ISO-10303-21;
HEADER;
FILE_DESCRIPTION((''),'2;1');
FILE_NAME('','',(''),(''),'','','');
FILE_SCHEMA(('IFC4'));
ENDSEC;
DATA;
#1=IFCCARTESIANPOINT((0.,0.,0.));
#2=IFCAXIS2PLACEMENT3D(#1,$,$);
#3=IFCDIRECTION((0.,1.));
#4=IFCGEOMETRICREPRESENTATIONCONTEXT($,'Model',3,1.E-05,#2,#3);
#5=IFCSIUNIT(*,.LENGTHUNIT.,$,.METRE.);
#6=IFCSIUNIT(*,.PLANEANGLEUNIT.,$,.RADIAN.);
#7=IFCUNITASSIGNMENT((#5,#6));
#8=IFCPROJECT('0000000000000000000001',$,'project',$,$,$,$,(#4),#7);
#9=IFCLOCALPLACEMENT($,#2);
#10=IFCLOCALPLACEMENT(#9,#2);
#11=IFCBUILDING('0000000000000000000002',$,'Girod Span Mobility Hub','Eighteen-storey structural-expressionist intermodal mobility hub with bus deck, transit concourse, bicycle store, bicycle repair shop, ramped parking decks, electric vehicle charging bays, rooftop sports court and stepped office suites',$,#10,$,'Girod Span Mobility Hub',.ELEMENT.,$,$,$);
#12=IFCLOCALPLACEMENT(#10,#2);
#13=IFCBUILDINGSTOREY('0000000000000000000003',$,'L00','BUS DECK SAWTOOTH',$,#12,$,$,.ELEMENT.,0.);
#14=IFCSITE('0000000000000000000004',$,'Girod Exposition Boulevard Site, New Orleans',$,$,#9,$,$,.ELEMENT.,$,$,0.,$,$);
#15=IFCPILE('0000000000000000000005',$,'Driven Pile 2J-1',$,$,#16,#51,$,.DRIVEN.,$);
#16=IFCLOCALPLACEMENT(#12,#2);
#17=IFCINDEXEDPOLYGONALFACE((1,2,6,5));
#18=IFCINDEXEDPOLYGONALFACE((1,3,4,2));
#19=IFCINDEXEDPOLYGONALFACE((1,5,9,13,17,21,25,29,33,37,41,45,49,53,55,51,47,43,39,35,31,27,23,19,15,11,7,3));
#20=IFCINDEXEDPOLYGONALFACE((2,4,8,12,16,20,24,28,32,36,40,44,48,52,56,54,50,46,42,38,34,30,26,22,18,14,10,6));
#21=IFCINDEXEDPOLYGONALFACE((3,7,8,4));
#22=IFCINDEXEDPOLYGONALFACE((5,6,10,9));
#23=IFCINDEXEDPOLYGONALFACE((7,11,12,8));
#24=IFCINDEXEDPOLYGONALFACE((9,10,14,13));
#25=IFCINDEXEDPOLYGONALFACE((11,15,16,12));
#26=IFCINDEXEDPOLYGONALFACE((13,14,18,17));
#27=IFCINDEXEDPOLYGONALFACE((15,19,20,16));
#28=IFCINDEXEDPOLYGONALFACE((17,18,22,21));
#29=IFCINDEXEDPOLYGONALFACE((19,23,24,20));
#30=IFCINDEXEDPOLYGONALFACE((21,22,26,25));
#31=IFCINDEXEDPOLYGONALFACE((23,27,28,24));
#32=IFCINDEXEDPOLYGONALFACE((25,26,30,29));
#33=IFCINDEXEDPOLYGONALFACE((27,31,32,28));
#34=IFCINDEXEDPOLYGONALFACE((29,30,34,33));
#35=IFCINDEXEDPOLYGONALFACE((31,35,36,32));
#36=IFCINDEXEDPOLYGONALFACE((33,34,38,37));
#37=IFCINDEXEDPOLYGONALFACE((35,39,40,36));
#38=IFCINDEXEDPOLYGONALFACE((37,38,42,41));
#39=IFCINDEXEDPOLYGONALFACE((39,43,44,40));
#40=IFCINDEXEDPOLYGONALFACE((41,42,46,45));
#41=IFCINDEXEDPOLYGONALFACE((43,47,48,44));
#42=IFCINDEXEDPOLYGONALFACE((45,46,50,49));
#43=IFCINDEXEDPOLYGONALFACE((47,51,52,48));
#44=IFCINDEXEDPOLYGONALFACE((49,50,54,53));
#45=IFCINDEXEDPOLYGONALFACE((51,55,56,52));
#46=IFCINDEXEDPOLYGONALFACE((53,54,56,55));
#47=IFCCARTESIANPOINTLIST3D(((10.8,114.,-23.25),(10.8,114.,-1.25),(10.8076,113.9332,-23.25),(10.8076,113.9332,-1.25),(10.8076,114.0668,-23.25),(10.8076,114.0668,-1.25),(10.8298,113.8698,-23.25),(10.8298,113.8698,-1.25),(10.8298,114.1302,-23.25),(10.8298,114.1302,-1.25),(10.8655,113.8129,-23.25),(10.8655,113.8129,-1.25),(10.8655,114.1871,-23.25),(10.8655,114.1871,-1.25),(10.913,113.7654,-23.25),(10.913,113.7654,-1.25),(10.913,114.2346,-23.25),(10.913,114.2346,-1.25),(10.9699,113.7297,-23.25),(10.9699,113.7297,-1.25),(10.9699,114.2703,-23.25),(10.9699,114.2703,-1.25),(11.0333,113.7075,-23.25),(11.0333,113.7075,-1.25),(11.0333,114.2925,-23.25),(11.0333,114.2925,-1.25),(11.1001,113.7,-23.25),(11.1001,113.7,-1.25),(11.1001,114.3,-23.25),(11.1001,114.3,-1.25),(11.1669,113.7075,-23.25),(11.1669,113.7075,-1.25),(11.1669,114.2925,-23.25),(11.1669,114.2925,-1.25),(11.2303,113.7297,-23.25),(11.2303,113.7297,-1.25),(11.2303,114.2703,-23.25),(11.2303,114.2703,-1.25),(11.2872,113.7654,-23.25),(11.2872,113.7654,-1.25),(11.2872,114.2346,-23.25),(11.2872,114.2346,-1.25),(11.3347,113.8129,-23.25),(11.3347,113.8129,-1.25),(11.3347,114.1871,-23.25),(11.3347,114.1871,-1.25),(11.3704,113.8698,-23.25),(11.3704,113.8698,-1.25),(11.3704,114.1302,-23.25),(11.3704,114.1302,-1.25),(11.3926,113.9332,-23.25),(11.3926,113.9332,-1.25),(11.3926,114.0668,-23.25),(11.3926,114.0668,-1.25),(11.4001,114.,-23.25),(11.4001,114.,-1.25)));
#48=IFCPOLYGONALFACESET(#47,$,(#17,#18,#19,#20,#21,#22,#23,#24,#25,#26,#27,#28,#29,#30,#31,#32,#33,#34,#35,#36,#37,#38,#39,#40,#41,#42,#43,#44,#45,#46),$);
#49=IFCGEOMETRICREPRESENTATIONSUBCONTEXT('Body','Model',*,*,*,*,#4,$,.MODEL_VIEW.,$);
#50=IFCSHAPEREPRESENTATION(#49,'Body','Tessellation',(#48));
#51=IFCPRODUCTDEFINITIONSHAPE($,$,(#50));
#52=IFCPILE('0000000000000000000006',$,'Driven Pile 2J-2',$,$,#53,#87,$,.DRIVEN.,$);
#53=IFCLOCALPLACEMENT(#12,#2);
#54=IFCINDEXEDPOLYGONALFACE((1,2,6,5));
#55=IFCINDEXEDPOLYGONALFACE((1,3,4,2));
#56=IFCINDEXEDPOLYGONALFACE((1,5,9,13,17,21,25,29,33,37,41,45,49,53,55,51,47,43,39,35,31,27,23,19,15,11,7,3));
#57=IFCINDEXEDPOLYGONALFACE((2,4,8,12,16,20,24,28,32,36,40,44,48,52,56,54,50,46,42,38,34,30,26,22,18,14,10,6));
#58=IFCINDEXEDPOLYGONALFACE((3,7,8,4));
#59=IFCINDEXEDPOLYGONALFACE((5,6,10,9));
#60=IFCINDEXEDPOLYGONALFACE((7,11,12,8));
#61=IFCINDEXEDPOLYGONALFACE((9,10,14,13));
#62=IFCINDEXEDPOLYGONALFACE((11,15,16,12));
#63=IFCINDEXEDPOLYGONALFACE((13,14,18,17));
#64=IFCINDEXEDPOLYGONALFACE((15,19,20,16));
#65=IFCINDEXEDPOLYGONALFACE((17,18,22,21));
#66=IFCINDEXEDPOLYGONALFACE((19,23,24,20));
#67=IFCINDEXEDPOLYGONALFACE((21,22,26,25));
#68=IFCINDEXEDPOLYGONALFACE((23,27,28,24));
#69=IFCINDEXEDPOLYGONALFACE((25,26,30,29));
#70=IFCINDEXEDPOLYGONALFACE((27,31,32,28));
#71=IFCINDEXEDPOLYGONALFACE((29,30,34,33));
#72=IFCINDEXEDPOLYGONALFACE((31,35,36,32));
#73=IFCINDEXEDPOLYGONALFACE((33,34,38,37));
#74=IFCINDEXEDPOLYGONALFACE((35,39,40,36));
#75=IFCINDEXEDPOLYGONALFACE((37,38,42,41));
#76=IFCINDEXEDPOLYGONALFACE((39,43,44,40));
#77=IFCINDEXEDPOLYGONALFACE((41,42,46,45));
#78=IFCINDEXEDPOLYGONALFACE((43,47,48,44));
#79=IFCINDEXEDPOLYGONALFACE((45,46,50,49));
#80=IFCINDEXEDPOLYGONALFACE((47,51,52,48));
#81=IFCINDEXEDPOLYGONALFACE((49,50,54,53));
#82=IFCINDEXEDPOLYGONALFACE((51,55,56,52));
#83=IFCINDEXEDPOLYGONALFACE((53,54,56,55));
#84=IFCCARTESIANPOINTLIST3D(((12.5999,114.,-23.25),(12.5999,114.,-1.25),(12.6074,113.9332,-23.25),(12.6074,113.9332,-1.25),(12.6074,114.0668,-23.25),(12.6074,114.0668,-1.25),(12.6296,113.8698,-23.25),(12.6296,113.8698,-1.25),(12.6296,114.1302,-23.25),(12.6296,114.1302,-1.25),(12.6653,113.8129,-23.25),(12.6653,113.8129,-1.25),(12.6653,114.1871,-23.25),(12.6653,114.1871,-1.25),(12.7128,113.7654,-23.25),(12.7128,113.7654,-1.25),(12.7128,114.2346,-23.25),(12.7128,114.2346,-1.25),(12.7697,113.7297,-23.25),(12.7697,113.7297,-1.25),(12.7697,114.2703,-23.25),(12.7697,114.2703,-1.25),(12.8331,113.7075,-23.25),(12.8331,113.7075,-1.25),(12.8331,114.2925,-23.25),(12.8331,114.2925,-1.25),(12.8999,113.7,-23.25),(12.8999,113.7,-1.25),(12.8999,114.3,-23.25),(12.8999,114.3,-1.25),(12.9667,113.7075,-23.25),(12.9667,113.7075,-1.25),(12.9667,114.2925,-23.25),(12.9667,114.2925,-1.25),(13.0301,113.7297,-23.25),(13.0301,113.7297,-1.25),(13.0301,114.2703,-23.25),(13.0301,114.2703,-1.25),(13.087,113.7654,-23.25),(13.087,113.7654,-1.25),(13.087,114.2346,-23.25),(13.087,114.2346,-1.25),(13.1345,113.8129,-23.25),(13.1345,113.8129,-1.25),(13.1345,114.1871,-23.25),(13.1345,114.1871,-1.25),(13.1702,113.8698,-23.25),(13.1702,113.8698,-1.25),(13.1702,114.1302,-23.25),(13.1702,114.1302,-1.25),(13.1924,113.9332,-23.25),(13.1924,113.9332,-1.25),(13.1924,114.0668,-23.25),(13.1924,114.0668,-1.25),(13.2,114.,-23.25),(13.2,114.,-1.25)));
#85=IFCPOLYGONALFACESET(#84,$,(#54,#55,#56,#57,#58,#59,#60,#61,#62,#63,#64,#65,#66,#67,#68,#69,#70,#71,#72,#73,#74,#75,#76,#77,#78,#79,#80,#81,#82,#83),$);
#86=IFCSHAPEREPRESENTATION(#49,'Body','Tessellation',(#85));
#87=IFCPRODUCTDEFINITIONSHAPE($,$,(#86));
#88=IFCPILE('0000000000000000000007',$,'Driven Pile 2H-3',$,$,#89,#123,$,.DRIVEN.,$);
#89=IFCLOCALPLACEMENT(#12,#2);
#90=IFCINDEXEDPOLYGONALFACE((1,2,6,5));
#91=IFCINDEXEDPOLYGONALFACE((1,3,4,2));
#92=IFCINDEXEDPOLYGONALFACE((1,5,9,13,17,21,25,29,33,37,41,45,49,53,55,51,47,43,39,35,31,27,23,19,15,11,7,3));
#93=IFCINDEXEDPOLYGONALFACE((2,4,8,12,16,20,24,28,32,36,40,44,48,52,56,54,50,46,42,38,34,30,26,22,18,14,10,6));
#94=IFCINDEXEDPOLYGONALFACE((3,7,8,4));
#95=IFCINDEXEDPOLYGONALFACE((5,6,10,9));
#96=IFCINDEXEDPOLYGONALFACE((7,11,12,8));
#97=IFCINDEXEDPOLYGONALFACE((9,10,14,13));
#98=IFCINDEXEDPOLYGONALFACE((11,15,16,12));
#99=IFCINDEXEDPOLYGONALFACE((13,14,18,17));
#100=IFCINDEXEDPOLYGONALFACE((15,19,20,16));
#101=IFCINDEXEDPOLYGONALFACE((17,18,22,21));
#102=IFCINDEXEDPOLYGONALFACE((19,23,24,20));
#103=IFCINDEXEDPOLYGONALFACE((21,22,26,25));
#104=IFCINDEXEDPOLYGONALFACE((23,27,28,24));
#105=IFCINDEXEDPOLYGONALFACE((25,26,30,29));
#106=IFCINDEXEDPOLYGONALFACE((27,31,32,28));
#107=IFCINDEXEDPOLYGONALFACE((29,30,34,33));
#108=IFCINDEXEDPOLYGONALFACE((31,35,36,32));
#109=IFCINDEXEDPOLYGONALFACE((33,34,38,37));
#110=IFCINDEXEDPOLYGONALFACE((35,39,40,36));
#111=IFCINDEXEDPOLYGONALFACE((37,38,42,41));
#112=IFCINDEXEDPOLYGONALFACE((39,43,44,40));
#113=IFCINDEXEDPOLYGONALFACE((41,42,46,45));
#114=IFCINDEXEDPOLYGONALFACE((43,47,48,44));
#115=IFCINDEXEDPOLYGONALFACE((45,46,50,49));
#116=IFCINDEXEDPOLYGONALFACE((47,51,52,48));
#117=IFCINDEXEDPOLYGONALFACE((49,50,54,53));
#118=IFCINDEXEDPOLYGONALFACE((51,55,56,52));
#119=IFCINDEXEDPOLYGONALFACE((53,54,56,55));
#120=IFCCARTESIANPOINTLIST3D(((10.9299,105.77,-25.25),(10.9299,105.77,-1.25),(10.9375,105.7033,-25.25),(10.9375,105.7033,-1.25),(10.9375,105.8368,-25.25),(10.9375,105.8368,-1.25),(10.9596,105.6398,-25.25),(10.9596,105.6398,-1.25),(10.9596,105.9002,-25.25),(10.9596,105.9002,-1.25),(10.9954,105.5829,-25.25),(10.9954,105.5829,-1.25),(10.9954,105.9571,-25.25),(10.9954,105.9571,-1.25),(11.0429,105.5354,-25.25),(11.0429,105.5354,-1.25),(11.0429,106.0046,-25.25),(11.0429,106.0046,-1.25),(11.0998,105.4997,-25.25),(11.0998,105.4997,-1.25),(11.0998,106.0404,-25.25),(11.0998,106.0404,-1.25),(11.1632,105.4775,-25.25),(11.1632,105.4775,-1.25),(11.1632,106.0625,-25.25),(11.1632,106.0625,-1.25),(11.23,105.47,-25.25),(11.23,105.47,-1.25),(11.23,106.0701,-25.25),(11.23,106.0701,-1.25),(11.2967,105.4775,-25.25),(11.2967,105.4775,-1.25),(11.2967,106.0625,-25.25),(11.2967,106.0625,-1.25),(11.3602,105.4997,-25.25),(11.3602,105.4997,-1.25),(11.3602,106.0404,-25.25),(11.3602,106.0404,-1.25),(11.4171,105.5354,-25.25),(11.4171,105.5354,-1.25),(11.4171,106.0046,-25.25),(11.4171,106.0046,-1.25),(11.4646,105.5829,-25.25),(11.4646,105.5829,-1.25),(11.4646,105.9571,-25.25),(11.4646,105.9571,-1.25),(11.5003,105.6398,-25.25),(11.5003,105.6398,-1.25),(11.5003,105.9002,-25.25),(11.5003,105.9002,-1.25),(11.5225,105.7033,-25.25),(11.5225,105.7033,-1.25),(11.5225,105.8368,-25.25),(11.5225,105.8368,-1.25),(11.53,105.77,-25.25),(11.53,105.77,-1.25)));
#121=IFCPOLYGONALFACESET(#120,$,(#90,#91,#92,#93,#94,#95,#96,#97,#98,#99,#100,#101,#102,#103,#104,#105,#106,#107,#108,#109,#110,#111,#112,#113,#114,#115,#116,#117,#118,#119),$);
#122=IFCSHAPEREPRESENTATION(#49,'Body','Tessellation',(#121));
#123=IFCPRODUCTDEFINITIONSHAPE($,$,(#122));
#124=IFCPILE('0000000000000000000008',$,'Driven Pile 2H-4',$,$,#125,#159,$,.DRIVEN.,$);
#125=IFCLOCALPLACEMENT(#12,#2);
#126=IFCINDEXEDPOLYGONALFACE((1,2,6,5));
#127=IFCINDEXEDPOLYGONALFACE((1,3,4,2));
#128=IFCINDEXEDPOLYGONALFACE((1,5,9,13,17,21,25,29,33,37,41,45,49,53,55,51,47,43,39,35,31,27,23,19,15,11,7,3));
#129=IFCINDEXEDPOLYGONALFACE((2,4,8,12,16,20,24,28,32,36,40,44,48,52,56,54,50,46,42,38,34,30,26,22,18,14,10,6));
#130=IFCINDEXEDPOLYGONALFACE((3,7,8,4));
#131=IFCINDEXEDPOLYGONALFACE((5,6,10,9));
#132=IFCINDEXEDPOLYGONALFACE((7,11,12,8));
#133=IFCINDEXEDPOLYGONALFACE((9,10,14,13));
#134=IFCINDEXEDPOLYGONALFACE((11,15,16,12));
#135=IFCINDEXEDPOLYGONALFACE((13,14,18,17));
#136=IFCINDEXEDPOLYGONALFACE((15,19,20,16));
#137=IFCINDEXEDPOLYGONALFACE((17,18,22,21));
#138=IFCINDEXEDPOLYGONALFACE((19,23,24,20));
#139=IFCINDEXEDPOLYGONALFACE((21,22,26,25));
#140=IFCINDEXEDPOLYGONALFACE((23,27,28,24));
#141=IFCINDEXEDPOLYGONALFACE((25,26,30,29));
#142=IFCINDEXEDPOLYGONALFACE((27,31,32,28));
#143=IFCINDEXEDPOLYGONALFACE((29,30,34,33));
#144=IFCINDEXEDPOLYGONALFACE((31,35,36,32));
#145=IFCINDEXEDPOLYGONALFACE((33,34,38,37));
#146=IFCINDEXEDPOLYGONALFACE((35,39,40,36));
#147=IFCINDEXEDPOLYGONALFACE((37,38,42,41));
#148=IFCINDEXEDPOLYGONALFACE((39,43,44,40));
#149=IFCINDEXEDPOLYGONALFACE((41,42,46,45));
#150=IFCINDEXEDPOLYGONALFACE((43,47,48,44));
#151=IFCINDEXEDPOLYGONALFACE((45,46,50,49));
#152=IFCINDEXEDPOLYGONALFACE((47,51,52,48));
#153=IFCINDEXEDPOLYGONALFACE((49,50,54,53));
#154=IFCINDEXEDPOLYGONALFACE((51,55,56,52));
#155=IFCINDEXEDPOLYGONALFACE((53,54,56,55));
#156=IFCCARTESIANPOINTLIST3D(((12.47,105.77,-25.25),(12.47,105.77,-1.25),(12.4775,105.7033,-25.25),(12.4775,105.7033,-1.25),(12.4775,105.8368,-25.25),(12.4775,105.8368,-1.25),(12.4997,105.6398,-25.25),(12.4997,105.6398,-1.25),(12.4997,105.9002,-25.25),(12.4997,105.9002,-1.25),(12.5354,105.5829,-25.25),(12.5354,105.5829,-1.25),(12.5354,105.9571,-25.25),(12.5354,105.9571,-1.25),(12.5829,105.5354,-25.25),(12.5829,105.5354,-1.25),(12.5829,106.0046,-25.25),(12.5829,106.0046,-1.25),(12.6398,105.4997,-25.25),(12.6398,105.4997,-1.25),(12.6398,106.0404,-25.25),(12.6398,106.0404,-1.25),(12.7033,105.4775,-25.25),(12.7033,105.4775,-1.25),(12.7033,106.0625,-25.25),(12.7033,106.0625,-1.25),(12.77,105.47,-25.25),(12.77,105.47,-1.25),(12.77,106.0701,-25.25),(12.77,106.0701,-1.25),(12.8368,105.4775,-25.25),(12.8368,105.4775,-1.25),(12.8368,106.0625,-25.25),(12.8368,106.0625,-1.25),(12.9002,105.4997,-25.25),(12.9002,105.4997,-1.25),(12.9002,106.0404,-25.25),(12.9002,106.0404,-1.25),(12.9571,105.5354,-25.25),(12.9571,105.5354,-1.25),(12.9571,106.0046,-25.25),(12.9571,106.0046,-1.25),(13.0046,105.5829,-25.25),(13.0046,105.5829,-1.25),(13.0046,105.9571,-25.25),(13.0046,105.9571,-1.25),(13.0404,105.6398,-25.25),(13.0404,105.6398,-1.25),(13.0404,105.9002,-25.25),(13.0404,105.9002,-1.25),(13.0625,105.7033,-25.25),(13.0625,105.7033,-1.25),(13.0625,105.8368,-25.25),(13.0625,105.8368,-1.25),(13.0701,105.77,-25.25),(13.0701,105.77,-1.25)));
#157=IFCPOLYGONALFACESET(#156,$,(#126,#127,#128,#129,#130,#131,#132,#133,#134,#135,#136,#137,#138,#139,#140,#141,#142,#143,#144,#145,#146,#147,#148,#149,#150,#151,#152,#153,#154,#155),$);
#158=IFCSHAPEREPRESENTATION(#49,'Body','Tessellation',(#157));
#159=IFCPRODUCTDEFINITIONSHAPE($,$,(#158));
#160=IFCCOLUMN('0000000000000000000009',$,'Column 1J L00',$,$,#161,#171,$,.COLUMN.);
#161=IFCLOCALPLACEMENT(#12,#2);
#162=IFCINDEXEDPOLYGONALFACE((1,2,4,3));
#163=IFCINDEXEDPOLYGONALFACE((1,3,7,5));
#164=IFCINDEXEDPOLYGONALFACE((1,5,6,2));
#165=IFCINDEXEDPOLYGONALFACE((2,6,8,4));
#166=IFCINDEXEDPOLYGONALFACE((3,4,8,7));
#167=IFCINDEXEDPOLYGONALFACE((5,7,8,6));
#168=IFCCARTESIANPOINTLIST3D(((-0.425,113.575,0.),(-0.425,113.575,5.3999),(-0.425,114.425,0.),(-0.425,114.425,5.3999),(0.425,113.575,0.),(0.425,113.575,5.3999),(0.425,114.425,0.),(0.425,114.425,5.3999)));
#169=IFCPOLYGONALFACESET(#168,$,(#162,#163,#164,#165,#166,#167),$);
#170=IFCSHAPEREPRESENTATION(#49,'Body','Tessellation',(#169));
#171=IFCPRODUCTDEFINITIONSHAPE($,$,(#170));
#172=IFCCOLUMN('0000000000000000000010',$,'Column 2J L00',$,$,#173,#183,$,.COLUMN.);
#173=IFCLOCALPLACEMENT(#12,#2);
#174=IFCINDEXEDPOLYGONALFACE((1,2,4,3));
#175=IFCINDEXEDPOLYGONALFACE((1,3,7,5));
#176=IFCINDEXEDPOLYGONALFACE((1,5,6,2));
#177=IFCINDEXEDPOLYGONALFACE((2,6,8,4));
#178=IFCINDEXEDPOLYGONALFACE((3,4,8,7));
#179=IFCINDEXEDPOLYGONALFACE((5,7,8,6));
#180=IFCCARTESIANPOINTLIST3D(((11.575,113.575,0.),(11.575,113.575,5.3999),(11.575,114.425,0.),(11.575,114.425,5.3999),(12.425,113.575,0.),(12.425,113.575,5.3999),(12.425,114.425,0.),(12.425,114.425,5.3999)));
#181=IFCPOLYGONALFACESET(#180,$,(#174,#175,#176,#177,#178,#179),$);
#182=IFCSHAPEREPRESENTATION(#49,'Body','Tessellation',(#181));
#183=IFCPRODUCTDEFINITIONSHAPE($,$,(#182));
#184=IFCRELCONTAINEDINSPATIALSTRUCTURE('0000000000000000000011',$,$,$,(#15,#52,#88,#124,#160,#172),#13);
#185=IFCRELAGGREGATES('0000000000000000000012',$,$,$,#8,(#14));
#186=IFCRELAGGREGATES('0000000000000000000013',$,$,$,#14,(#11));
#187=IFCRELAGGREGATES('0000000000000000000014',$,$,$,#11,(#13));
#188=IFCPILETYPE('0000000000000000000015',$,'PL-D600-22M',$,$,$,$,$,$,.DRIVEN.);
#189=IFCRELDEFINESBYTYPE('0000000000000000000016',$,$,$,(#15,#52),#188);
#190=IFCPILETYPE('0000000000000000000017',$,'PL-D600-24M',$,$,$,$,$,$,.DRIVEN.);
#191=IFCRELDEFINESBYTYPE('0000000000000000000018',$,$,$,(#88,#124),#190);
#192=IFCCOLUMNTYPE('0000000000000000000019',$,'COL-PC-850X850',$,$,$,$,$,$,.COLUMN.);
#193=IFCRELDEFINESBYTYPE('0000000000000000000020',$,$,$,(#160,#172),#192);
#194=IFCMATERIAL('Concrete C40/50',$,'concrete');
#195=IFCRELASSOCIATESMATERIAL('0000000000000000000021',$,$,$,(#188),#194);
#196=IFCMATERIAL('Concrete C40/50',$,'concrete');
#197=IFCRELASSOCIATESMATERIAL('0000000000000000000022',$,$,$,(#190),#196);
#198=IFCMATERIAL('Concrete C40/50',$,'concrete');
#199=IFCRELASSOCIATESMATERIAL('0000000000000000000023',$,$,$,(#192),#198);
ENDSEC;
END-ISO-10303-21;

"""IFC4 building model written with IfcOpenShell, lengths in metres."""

from ifc_helpers import new_model, si_unit, direction, frame, origin, origin_2d, place, context, subcontext, project, spatial, rectangle, circle, extrude, material, material_profile, profile_set, type_object, element, save


model = new_model("IFC4")

# Units and contexts
model_context = context("Model", 3, precision=1e-05, world=origin(), true_north=direction((0.0, 1.0)))
body_context = subcontext(model_context, "Body", "Model", "MODEL_VIEW")
ifc_project = project(units=[si_unit("LENGTHUNIT", "METRE"), si_unit("PLANEANGLEUNIT", "RADIAN")], contexts=[model_context])

# Site, building, storey
site_placement = place(None, origin())
site = spatial("IfcSite", under=ifc_project, at=site_placement, Name="Girod Exposition Boulevard Site, New Orleans", CompositionType="ELEMENT", RefElevation=0.0)
building_placement = place(site_placement, origin())
building = spatial("IfcBuilding", under=site, at=building_placement, Name="Girod Span Mobility Hub", Description="Eighteen-storey structural-expressionist intermodal mobility hub with bus deck, transit concourse, bicycle store, bicycle repair shop, ramped parking decks, electric vehicle charging bays, rooftop sports court and stepped office suites", LongName="Girod Span Mobility Hub", CompositionType="ELEMENT")
storey_placement = place(building_placement, origin())
storey = spatial("IfcBuildingStorey", under=building, at=storey_placement, Name="L00", Description="BUS DECK SAWTOOTH", CompositionType="ELEMENT", Elevation=0.0)

# Piles
ifc_material_1 = material(Name="Concrete C40/50", Category="concrete")
ifc_material_profile_1 = material_profile(ifc_material_1, circle(Radius=0.3, at=origin_2d()), Name="PILE-D600")
ifc_profile_set_1 = profile_set([ifc_material_profile_1], Name="Concrete C40/50")
pile_type_1 = type_object("IfcPileType", Name="PL-D600-22M", PredefinedType="DRIVEN", material=ifc_profile_set_1)
for number, where, z_axis, x_axis, name in (
    (1, (11.1001, 114.0, -1.25), (0.0, 0.0, -1.0), (1.0, 0.0, 0.0), "Driven Pile 2J-1"),
    (2, (12.8999, 114.0, -1.25), (0.0, 0.0, -1.0), (1.0, 0.0, 0.0), "Driven Pile 2J-2"),
):
    element("IfcPile", number, at=place(storey_placement, frame(where, z_axis=z_axis, x_axis=x_axis)), inside=storey, type_object=pile_type_1, Name=name, PredefinedType="DRIVEN", context=body_context, shape_type="SweptSolid", body=[
        extrude(circle(Radius=0.3, at=origin_2d()), origin(), (0.0, 0.0, 1.0), 22.0),
    ])
ifc_material_2 = material(Name="Concrete C40/50", Category="concrete")
ifc_material_profile_2 = material_profile(ifc_material_2, circle(Radius=0.3, at=origin_2d()), Name="PILE-D600")
ifc_profile_set_2 = profile_set([ifc_material_profile_2], Name="Concrete C40/50")
pile_type_2 = type_object("IfcPileType", Name="PL-D600-24M", PredefinedType="DRIVEN", material=ifc_profile_set_2)
for number, where, z_axis, x_axis, name in (
    (3, (11.23, 105.77, -1.25), (0.0, 0.0, -1.0), (1.0, 0.0, 0.0), "Driven Pile 2H-3"),
    (4, (12.77, 105.77, -1.25), (0.0, 0.0, -1.0), (1.0, 0.0, 0.0), "Driven Pile 2H-4"),
):
    element("IfcPile", number, at=place(storey_placement, frame(where, z_axis=z_axis, x_axis=x_axis)), inside=storey, type_object=pile_type_2, Name=name, PredefinedType="DRIVEN", context=body_context, shape_type="SweptSolid", body=[
        extrude(circle(Radius=0.3, at=origin_2d()), origin(), (0.0, 0.0, 1.0), 24.0),
    ])

# Columns
ifc_material_3 = material(Name="Concrete C40/50", Category="concrete")
ifc_material_profile_3 = material_profile(ifc_material_3, rectangle(XDim=0.8501, YDim=0.8501, at=origin_2d()), Name="PC-COL-850X850")
ifc_profile_set_3 = profile_set([ifc_material_profile_3], Name="Concrete C40/50")
column_type = type_object("IfcColumnType", Name="COL-PC-850X850", PredefinedType="COLUMN", material=ifc_profile_set_3)
for number, where, z_axis, x_axis, name in (
    (5, (0.0, 114.0, 0.0), (0.0, 0.0, 1.0), (1.0, 0.0, 0.0), "Column 1J L00"),
    (6, (12.0, 114.0, 0.0), (0.0, 0.0, 1.0), (1.0, 0.0, 0.0), "Column 2J L00"),
):
    element("IfcColumn", number, at=place(storey_placement, frame(where, z_axis=z_axis, x_axis=x_axis)), inside=storey, type_object=column_type, Name=name, PredefinedType="COLUMN", context=body_context, shape_type="SweptSolid", body=[
        extrude(rectangle(XDim=0.8501, YDim=0.8501, at=origin_2d()), origin(), (0.0, 0.0, 1.0), 5.3999),
    ])

save(model, "model.ifc")
